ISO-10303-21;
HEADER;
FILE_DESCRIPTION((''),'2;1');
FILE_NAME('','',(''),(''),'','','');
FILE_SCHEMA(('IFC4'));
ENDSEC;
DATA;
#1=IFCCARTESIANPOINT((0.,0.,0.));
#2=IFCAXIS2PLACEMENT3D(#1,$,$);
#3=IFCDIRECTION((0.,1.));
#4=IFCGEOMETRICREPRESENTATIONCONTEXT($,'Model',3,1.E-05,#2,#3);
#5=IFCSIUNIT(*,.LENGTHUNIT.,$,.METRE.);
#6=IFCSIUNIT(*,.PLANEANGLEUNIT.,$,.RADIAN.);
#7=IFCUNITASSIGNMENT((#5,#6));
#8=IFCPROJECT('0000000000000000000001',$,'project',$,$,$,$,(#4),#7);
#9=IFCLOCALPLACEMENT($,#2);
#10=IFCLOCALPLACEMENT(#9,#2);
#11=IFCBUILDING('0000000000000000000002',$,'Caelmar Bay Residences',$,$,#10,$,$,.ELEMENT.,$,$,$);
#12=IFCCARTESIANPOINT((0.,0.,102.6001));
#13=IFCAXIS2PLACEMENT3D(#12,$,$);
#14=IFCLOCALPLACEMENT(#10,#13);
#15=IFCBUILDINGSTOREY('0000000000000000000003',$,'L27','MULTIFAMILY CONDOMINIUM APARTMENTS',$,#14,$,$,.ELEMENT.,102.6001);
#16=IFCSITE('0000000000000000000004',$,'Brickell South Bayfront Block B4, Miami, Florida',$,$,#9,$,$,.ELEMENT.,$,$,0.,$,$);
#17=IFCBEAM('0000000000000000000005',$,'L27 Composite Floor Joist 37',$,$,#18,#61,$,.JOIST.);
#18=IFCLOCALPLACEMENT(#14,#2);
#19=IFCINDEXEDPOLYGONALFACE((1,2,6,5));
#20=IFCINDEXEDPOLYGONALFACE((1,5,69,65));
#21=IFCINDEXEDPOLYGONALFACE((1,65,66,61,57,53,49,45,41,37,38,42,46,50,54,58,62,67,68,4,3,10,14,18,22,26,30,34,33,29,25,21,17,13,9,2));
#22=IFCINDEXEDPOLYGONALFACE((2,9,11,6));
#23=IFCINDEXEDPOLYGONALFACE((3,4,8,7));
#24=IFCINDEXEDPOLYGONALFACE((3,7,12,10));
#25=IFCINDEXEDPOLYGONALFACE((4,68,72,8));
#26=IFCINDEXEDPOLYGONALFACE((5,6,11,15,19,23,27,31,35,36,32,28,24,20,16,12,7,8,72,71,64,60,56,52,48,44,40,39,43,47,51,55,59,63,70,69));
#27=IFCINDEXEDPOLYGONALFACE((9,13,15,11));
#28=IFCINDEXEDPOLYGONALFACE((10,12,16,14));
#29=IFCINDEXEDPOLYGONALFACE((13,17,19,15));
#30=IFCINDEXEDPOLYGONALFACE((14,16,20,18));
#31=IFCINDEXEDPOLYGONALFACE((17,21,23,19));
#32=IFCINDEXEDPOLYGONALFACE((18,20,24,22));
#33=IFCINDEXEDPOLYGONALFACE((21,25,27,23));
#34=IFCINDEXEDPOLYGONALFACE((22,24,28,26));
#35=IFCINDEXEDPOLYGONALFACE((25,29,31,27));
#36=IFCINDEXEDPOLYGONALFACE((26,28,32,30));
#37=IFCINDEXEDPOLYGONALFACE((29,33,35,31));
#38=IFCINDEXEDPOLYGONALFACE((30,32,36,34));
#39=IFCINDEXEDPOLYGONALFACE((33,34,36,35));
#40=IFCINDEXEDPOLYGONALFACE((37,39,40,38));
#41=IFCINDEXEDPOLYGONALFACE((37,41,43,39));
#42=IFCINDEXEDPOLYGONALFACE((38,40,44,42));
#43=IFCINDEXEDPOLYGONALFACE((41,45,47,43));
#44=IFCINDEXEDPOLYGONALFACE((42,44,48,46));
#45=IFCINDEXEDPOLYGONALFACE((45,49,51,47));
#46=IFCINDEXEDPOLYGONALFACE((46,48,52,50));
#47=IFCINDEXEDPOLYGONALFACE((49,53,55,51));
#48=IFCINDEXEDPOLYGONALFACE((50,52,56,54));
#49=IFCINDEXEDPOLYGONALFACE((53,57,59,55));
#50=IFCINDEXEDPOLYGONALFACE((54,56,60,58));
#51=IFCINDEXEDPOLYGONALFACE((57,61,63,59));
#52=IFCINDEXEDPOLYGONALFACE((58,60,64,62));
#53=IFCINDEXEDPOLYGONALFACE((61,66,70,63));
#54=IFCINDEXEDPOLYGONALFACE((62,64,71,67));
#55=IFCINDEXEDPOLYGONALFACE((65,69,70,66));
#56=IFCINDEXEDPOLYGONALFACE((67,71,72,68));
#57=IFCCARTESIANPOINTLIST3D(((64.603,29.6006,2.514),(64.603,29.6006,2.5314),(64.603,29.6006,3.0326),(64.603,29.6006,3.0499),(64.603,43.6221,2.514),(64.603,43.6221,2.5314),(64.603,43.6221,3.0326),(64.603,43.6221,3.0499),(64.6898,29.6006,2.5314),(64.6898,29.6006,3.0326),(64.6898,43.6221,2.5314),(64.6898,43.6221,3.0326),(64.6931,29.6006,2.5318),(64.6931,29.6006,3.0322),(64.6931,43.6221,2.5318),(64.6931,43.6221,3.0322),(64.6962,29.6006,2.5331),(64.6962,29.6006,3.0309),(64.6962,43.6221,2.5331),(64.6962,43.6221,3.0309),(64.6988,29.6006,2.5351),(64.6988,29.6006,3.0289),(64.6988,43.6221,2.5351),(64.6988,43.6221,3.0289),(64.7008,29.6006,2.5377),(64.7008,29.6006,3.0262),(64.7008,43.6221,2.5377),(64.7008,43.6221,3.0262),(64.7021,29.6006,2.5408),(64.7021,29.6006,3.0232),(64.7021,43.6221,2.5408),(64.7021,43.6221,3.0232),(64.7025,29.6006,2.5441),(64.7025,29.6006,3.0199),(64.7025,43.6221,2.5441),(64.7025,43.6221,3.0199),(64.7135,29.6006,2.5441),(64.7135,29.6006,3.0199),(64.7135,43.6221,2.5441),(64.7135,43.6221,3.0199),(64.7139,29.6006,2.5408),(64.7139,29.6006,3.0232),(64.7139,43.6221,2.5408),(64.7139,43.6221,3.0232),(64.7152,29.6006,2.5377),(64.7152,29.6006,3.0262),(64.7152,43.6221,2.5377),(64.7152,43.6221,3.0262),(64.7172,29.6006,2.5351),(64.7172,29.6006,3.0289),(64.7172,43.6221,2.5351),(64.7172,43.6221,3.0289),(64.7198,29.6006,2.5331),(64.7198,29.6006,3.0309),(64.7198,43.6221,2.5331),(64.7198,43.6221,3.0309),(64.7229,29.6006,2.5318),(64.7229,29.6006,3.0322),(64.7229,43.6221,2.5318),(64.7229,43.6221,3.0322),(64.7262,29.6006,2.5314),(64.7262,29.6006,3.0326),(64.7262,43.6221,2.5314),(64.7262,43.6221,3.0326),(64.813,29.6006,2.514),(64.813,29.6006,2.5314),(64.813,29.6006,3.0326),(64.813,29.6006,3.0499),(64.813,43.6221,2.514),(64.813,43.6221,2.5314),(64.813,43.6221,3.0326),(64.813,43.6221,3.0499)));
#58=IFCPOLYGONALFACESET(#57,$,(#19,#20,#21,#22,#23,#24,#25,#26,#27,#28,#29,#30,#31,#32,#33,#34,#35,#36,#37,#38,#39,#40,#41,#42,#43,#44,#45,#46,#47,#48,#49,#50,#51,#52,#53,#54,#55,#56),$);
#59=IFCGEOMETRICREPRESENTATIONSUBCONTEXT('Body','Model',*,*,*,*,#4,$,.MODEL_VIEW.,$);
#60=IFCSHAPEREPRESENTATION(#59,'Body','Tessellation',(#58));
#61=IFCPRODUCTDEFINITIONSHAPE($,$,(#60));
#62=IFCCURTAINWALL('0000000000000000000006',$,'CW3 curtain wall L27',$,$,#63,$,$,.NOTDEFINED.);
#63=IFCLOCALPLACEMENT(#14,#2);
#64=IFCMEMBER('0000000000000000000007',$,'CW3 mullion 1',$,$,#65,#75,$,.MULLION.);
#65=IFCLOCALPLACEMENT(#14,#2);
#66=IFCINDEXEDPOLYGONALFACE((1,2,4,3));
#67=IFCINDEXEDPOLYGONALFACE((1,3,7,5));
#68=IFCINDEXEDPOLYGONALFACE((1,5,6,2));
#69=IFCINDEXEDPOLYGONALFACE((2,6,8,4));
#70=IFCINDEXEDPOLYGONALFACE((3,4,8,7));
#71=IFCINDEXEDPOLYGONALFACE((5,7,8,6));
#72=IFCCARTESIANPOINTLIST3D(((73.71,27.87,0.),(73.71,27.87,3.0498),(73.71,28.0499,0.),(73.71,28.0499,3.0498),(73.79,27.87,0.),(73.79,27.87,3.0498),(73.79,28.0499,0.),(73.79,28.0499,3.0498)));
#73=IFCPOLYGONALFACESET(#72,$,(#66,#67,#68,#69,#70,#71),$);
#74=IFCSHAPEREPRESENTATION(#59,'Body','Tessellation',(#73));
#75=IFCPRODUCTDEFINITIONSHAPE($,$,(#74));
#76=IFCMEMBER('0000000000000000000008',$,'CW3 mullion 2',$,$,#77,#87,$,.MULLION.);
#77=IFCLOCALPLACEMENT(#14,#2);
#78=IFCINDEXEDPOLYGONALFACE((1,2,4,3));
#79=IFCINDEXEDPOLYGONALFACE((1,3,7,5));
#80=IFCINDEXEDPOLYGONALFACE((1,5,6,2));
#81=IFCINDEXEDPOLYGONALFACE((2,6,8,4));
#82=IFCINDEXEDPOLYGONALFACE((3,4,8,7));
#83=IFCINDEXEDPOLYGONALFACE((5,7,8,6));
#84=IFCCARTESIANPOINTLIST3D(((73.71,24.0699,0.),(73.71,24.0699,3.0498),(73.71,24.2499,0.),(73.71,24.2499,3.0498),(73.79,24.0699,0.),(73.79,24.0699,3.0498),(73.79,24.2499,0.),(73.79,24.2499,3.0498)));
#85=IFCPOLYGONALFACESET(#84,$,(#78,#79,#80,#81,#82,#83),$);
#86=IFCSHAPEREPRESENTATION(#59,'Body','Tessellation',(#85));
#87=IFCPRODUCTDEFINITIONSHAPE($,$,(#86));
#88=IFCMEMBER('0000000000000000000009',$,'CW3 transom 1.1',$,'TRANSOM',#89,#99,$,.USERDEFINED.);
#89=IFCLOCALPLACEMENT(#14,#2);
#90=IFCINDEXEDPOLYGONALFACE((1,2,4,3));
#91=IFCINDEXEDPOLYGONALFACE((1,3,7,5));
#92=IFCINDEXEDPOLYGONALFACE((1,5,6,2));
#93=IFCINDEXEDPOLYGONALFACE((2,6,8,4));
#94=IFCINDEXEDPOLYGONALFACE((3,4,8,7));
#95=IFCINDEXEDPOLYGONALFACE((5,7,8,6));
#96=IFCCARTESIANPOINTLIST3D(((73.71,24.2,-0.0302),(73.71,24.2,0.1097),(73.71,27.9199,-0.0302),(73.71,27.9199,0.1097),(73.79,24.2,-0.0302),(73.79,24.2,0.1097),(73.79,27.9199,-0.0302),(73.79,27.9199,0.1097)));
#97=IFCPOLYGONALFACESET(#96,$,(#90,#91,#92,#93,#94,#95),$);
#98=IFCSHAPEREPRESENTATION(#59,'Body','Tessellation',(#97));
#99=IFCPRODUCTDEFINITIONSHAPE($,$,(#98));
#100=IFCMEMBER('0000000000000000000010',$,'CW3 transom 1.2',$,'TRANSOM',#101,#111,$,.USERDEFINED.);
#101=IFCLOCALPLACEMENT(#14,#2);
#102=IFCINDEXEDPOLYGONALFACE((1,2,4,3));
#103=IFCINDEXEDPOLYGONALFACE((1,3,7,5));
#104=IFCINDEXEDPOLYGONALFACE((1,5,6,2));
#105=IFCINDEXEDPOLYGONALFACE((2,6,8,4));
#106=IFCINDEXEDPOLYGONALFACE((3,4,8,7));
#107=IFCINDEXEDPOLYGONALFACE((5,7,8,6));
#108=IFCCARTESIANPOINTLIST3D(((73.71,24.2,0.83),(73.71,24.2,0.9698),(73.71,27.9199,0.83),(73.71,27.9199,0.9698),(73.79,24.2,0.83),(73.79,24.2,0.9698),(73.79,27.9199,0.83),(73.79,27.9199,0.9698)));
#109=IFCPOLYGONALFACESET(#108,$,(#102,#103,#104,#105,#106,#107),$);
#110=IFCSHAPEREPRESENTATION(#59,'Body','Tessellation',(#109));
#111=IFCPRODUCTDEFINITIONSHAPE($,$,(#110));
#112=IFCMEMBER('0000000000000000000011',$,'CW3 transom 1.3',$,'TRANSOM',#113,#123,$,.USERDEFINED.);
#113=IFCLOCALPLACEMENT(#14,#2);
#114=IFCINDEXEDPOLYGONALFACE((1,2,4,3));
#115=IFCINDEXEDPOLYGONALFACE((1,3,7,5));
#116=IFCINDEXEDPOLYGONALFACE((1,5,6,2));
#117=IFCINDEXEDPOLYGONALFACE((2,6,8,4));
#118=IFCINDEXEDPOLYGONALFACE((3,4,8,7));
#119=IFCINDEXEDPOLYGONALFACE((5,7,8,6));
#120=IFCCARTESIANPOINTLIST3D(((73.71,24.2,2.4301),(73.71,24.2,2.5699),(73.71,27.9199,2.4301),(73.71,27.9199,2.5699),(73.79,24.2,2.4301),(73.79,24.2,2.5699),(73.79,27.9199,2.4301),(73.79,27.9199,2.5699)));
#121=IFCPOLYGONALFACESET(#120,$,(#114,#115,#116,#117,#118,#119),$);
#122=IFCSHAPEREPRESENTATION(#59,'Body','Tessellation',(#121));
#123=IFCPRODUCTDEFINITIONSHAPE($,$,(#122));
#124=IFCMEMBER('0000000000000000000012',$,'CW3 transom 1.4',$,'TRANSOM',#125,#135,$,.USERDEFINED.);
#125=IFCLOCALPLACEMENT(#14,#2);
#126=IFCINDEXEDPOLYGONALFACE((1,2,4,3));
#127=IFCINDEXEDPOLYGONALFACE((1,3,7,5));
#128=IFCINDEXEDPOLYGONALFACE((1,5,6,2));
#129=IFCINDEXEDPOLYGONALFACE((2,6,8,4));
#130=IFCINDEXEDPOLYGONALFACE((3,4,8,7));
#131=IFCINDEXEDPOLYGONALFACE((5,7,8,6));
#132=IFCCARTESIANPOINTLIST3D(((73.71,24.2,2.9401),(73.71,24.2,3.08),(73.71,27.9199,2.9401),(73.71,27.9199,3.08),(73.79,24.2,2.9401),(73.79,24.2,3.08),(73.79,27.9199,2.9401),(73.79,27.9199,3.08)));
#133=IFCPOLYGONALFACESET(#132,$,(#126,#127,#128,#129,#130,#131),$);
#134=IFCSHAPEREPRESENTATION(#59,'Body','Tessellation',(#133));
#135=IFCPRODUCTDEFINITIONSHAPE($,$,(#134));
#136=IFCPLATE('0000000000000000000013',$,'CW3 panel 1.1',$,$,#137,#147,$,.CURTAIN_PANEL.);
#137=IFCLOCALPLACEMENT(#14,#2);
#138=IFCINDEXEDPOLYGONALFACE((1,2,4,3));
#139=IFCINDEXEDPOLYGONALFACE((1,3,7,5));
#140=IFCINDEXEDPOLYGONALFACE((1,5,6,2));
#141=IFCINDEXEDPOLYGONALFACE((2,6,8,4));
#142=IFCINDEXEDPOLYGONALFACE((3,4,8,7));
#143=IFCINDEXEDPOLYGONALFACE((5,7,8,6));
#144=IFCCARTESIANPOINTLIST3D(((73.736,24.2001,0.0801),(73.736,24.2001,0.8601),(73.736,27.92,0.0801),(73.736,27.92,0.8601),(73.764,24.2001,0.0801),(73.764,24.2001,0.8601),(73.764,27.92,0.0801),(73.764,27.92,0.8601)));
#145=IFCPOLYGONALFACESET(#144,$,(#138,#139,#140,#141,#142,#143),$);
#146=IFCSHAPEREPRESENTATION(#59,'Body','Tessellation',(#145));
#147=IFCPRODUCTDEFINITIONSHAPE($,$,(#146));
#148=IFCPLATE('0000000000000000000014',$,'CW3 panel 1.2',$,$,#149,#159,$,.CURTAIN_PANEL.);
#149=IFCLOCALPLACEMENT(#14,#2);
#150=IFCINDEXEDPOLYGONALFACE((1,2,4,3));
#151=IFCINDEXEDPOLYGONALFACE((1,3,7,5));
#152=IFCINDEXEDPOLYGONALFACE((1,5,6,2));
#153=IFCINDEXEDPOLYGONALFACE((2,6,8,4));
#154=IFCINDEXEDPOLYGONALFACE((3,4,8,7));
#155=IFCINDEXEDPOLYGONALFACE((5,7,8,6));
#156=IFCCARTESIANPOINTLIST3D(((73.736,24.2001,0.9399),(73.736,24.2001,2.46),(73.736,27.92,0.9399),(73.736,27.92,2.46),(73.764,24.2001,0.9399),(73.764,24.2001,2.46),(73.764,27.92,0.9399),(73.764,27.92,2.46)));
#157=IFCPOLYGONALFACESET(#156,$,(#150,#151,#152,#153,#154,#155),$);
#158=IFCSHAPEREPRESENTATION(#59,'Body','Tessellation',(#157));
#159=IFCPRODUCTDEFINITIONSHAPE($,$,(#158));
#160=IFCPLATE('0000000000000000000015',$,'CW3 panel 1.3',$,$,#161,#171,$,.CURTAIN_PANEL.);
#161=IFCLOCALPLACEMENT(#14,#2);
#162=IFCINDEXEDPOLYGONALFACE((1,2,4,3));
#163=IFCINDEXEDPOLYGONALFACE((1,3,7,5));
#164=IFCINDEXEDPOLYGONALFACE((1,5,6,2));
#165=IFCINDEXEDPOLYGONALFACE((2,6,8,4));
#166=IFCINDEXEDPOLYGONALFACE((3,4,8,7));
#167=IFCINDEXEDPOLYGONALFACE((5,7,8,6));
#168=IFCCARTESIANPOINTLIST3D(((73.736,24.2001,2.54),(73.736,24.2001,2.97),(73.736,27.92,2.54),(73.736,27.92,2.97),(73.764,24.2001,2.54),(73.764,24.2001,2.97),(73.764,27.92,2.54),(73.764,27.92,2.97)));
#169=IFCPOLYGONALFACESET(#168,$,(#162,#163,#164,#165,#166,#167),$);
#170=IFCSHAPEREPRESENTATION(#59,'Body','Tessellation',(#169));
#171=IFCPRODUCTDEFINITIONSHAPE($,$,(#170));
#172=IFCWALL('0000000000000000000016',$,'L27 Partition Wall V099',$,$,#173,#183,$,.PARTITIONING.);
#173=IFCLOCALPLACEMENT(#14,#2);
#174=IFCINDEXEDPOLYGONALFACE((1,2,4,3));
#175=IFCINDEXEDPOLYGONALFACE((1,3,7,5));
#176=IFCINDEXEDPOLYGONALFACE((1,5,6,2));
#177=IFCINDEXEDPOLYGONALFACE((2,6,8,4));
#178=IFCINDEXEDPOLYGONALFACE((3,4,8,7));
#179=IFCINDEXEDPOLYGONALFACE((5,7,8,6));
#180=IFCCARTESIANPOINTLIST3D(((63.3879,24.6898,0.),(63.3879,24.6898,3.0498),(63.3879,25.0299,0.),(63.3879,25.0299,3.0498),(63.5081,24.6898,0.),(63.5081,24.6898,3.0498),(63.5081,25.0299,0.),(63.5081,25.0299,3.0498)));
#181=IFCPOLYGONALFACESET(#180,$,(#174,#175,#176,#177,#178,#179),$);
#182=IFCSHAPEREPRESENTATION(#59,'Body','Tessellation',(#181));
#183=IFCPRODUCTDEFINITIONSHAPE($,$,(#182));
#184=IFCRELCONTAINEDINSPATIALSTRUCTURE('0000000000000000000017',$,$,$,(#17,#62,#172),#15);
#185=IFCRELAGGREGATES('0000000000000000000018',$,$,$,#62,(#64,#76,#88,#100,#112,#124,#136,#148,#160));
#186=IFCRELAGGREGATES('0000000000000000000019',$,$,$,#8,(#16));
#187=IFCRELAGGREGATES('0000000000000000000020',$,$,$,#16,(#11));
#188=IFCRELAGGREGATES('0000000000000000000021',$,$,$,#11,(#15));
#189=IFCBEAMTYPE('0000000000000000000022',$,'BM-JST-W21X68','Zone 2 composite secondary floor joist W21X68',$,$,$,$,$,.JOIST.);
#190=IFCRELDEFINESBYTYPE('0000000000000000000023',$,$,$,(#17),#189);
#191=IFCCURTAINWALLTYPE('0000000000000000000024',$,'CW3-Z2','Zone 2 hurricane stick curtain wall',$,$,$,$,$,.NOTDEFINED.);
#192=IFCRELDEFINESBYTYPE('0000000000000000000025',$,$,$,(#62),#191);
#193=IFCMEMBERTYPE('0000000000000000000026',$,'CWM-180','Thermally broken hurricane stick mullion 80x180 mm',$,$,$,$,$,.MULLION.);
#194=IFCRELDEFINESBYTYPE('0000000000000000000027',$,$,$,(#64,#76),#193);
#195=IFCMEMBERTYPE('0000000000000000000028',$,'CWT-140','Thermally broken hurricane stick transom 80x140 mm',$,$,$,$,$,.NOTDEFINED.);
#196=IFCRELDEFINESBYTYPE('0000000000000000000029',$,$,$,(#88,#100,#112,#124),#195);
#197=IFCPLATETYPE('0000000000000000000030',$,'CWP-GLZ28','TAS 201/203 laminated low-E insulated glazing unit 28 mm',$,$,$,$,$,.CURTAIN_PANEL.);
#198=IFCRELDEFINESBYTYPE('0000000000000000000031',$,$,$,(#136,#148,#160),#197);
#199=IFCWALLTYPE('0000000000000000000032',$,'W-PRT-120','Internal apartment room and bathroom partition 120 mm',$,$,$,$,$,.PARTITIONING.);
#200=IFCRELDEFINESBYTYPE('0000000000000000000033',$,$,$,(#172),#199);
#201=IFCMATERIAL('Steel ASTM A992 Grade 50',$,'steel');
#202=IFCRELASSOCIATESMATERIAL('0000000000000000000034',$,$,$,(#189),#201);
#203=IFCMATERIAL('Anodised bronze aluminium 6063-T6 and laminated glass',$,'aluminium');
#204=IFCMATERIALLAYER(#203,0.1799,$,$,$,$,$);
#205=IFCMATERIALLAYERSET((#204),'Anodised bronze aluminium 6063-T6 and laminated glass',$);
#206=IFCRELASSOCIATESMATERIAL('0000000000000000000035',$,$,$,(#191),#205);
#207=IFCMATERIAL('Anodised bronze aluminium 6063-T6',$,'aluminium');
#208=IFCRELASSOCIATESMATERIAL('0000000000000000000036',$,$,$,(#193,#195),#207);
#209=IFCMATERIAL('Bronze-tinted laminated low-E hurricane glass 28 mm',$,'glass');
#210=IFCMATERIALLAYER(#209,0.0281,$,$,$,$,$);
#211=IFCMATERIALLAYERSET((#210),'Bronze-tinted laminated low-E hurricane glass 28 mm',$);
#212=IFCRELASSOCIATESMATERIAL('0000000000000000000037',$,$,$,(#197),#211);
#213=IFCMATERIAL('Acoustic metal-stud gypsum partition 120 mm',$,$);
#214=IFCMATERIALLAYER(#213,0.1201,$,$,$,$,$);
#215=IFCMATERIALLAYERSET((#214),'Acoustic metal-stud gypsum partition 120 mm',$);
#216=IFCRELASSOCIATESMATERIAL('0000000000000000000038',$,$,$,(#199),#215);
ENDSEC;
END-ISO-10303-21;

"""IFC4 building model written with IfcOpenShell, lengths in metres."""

from ifc_helpers import new_model, si_unit, direction, frame, frame_2d, origin, origin_2d, place, context, subcontext, project, spatial, rectangle, i_section, extrude, material, layer, layer_set, material_profile, profile_set, type_object, element, aggregate, save


model = new_model("IFC4")

# Units and contexts
model_context = context("Model", 3, precision=1e-05, world=origin(), true_north=direction((0.0, 1.0)))
body_context = subcontext(model_context, "Body", "Model", "MODEL_VIEW")
ifc_project = project(units=[si_unit("LENGTHUNIT", "METRE"), si_unit("PLANEANGLEUNIT", "RADIAN")], contexts=[model_context])

# Site, building, storey
site_placement = place(None, origin())
site = spatial("IfcSite", under=ifc_project, at=site_placement, Name="Brickell South Bayfront Block B4, Miami, Florida", CompositionType="ELEMENT", RefElevation=0.0)
building_placement = place(site_placement, origin())
building = spatial("IfcBuilding", under=site, at=building_placement, Name="Caelmar Bay Residences", CompositionType="ELEMENT")
storey_placement = place(building_placement, frame((0.0, 0.0, 102.6001)))
storey = spatial("IfcBuildingStorey", under=building, at=storey_placement, Name="L27", Description="MULTIFAMILY CONDOMINIUM APARTMENTS", CompositionType="ELEMENT", Elevation=102.6001)

# Beam
ifc_material_1 = material(Name="Steel ASTM A992 Grade 50", Category="steel")
ifc_material_profile_1 = material_profile(ifc_material_1, i_section(OverallWidth=0.21, OverallDepth=0.5359, WebThickness=0.011, FlangeThickness=0.0173, FilletRadius=0.0127, at=origin_2d()), Name="W21X68")
ifc_profile_set_1 = profile_set([ifc_material_profile_1], Name="Steel ASTM A992 Grade 50")
beam_type_1 = type_object("IfcBeamType", Name="BM-JST-W21X68", Description="Zone 2 composite secondary floor joist W21X68", PredefinedType="JOIST", material=ifc_profile_set_1)
beam_1_placement = place(storey_placement, frame((64.708, 29.6006, 2.782), z_axis=(0.0, 1.0, 0.0), x_axis=(-1.0, 0.0, 0.0)))
element("IfcBeam", 1, at=beam_1_placement, inside=storey, type_object=beam_type_1, Name="L27 Composite Floor Joist 37", PredefinedType="JOIST", context=body_context, shape_type="SweptSolid", body=[
    extrude(i_section(OverallWidth=0.21, OverallDepth=0.5359, WebThickness=0.011, FlangeThickness=0.0173, FilletRadius=0.0127, at=origin_2d()), origin(), (0.0, 0.0, 1.0), 14.0215),
])

# Curtain wall, members, plates
ifc_material_2 = material(Name="Anodised bronze aluminium 6063-T6 and laminated glass", Category="aluminium")
ifc_layer_1 = layer(ifc_material_2, 0.1799)
ifc_layer_set_1 = layer_set([ifc_layer_1], Name="Anodised bronze aluminium 6063-T6 and laminated glass")
curtain_wall_type = type_object("IfcCurtainWallType", Name="CW3-Z2", Description="Zone 2 hurricane stick curtain wall", PredefinedType="NOTDEFINED", material=ifc_layer_set_1)
curtain_wall_placement = place(storey_placement, origin())
curtain_wall = element("IfcCurtainWall", 2, at=curtain_wall_placement, inside=storey, type_object=curtain_wall_type, Name="CW3 curtain wall L27", PredefinedType="NOTDEFINED")
ifc_material_3 = material(Name="Anodised bronze aluminium 6063-T6", Category="aluminium")
ifc_material_profile_2 = material_profile(ifc_material_3, rectangle(XDim=0.0801, YDim=0.1799, at=origin_2d()), Name="CWM-80X180")
ifc_profile_set_2 = profile_set([ifc_material_profile_2], Name="Anodised bronze aluminium 6063-T6")
member_type_1 = type_object("IfcMemberType", Name="CWM-180", Description="Thermally broken hurricane stick mullion 80x180 mm", PredefinedType="MULLION", material=ifc_profile_set_2)
member_1_placement = place(storey_placement, frame((73.75, 27.96, 0.0), z_axis=(0.0, 0.0, 1.0), x_axis=(1.0, 0.0, 0.0)))
member_1 = element("IfcMember", 3, at=member_1_placement, type_object=member_type_1, Name="CW3 mullion 1", PredefinedType="MULLION", context=body_context, shape_type="SweptSolid", body=[
    extrude(rectangle(XDim=0.0801, YDim=0.1799, at=origin_2d()), origin(), (0.0, 0.0, 1.0), 3.0498),
])
member_2_placement = place(storey_placement, frame((73.75, 24.1599, 0.0), z_axis=(0.0, 0.0, 1.0), x_axis=(1.0, 0.0, 0.0)))
member_2 = element("IfcMember", 4, at=member_2_placement, type_object=member_type_1, Name="CW3 mullion 2", PredefinedType="MULLION", context=body_context, shape_type="SweptSolid", body=[
    extrude(rectangle(XDim=0.0801, YDim=0.1799, at=origin_2d()), origin(), (0.0, 0.0, 1.0), 3.0498),
])
ifc_material_profile_3 = material_profile(ifc_material_3, rectangle(XDim=0.0801, YDim=0.1399, at=origin_2d()), Name="CWT-80X140")
ifc_profile_set_3 = profile_set([ifc_material_profile_3], Name="Anodised bronze aluminium 6063-T6")
member_type_2 = type_object("IfcMemberType", Name="CWT-140", Description="Thermally broken hurricane stick transom 80x140 mm", PredefinedType="NOTDEFINED", material=ifc_profile_set_3)
member_3_placement = place(storey_placement, frame((73.75, 27.9199, 0.0398), z_axis=(0.0, -1.0, 0.0), x_axis=(1.0, 0.0, 0.0)))
member_3 = element("IfcMember", 5, at=member_3_placement, type_object=member_type_2, Name="CW3 transom 1.1", ObjectType="TRANSOM", PredefinedType="USERDEFINED", context=body_context, shape_type="SweptSolid", body=[
    extrude(rectangle(XDim=0.0801, YDim=0.1399, at=origin_2d()), origin(), (0.0, 0.0, 1.0), 3.72),
])
member_4_placement = place(storey_placement, frame((73.75, 27.9199, 0.8999), z_axis=(0.0, -1.0, 0.0), x_axis=(1.0, 0.0, 0.0)))
member_4 = element("IfcMember", 6, at=member_4_placement, type_object=member_type_2, Name="CW3 transom 1.2", ObjectType="TRANSOM", PredefinedType="USERDEFINED", context=body_context, shape_type="SweptSolid", body=[
    extrude(rectangle(XDim=0.0801, YDim=0.1399, at=origin_2d()), origin(), (0.0, 0.0, 1.0), 3.72),
])
member_5_placement = place(storey_placement, frame((73.75, 27.9199, 2.5), z_axis=(0.0, -1.0, 0.0), x_axis=(1.0, 0.0, 0.0)))
member_5 = element("IfcMember", 7, at=member_5_placement, type_object=member_type_2, Name="CW3 transom 1.3", ObjectType="TRANSOM", PredefinedType="USERDEFINED", context=body_context, shape_type="SweptSolid", body=[
    extrude(rectangle(XDim=0.0801, YDim=0.1399, at=origin_2d()), origin(), (0.0, 0.0, 1.0), 3.72),
])
member_6_placement = place(storey_placement, frame((73.75, 27.9199, 3.01), z_axis=(0.0, -1.0, 0.0), x_axis=(1.0, 0.0, 0.0)))
member_6 = element("IfcMember", 8, at=member_6_placement, type_object=member_type_2, Name="CW3 transom 1.4", ObjectType="TRANSOM", PredefinedType="USERDEFINED", context=body_context, shape_type="SweptSolid", body=[
    extrude(rectangle(XDim=0.0801, YDim=0.1399, at=origin_2d()), origin(), (0.0, 0.0, 1.0), 3.72),
])
ifc_material_4 = material(Name="Bronze-tinted laminated low-E hurricane glass 28 mm", Category="glass")
ifc_layer_2 = layer(ifc_material_4, 0.0281)
ifc_layer_set_2 = layer_set([ifc_layer_2], Name="Bronze-tinted laminated low-E hurricane glass 28 mm")
plate_type = type_object("IfcPlateType", Name="CWP-GLZ28", Description="TAS 201/203 laminated low-E insulated glazing unit 28 mm", PredefinedType="CURTAIN_PANEL", material=ifc_layer_set_2)
plate_1_placement = place(storey_placement, frame((73.75, 26.0601, 0.0801), z_axis=(0.0, 0.0, 1.0), x_axis=(0.0, -1.0, 0.0)))
plate_1 = element("IfcPlate", 9, at=plate_1_placement, type_object=plate_type, Name="CW3 panel 1.1", PredefinedType="CURTAIN_PANEL", context=body_context, shape_type="SweptSolid", body=[
    extrude(rectangle(XDim=3.72, YDim=0.0281, at=origin_2d()), origin(), (0.0, 0.0, 1.0), 0.78),
])
plate_2_placement = place(storey_placement, frame((73.75, 26.0601, 0.9399), z_axis=(0.0, 0.0, 1.0), x_axis=(0.0, -1.0, 0.0)))
plate_2 = element("IfcPlate", 10, at=plate_2_placement, type_object=plate_type, Name="CW3 panel 1.2", PredefinedType="CURTAIN_PANEL", context=body_context, shape_type="SweptSolid", body=[
    extrude(rectangle(XDim=3.72, YDim=0.0281, at=origin_2d()), origin(), (0.0, 0.0, 1.0), 1.52),
])
plate_3_placement = place(storey_placement, frame((73.75, 26.0601, 2.54), z_axis=(0.0, 0.0, 1.0), x_axis=(0.0, -1.0, 0.0)))
plate_3 = element("IfcPlate", 11, at=plate_3_placement, type_object=plate_type, Name="CW3 panel 1.3", PredefinedType="CURTAIN_PANEL", context=body_context, shape_type="SweptSolid", body=[
    extrude(rectangle(XDim=3.72, YDim=0.0281, at=origin_2d()), origin(), (0.0, 0.0, 1.0), 0.4299),
])
aggregate(curtain_wall, [member_1, member_2, member_3, member_4, member_5, member_6, plate_1, plate_2, plate_3])

# Wall
ifc_material_5 = material(Name="Acoustic metal-stud gypsum partition 120 mm")
ifc_layer_3 = layer(ifc_material_5, 0.1201)
ifc_layer_set_3 = layer_set([ifc_layer_3], Name="Acoustic metal-stud gypsum partition 120 mm")
wall_type_1 = type_object("IfcWallType", Name="W-PRT-120", Description="Internal apartment room and bathroom partition 120 mm", PredefinedType="PARTITIONING", material=ifc_layer_set_3)
wall_1_placement = place(storey_placement, frame((63.448, 24.6899, 0.0), z_axis=(0.0, 0.0, 1.0), x_axis=(0.0, 1.0, 0.0)))
element("IfcWall", 12, at=wall_1_placement, inside=storey, type_object=wall_type_1, Name="L27 Partition Wall V099", PredefinedType="PARTITIONING", context=body_context, shape_type="SweptSolid", body=[
    extrude(rectangle(XDim=0.3401, YDim=0.1201, at=frame_2d((0.1699, 0.0))), origin(), (0.0, 0.0, 1.0), 3.0498),
])

save(model, "model.ifc")
